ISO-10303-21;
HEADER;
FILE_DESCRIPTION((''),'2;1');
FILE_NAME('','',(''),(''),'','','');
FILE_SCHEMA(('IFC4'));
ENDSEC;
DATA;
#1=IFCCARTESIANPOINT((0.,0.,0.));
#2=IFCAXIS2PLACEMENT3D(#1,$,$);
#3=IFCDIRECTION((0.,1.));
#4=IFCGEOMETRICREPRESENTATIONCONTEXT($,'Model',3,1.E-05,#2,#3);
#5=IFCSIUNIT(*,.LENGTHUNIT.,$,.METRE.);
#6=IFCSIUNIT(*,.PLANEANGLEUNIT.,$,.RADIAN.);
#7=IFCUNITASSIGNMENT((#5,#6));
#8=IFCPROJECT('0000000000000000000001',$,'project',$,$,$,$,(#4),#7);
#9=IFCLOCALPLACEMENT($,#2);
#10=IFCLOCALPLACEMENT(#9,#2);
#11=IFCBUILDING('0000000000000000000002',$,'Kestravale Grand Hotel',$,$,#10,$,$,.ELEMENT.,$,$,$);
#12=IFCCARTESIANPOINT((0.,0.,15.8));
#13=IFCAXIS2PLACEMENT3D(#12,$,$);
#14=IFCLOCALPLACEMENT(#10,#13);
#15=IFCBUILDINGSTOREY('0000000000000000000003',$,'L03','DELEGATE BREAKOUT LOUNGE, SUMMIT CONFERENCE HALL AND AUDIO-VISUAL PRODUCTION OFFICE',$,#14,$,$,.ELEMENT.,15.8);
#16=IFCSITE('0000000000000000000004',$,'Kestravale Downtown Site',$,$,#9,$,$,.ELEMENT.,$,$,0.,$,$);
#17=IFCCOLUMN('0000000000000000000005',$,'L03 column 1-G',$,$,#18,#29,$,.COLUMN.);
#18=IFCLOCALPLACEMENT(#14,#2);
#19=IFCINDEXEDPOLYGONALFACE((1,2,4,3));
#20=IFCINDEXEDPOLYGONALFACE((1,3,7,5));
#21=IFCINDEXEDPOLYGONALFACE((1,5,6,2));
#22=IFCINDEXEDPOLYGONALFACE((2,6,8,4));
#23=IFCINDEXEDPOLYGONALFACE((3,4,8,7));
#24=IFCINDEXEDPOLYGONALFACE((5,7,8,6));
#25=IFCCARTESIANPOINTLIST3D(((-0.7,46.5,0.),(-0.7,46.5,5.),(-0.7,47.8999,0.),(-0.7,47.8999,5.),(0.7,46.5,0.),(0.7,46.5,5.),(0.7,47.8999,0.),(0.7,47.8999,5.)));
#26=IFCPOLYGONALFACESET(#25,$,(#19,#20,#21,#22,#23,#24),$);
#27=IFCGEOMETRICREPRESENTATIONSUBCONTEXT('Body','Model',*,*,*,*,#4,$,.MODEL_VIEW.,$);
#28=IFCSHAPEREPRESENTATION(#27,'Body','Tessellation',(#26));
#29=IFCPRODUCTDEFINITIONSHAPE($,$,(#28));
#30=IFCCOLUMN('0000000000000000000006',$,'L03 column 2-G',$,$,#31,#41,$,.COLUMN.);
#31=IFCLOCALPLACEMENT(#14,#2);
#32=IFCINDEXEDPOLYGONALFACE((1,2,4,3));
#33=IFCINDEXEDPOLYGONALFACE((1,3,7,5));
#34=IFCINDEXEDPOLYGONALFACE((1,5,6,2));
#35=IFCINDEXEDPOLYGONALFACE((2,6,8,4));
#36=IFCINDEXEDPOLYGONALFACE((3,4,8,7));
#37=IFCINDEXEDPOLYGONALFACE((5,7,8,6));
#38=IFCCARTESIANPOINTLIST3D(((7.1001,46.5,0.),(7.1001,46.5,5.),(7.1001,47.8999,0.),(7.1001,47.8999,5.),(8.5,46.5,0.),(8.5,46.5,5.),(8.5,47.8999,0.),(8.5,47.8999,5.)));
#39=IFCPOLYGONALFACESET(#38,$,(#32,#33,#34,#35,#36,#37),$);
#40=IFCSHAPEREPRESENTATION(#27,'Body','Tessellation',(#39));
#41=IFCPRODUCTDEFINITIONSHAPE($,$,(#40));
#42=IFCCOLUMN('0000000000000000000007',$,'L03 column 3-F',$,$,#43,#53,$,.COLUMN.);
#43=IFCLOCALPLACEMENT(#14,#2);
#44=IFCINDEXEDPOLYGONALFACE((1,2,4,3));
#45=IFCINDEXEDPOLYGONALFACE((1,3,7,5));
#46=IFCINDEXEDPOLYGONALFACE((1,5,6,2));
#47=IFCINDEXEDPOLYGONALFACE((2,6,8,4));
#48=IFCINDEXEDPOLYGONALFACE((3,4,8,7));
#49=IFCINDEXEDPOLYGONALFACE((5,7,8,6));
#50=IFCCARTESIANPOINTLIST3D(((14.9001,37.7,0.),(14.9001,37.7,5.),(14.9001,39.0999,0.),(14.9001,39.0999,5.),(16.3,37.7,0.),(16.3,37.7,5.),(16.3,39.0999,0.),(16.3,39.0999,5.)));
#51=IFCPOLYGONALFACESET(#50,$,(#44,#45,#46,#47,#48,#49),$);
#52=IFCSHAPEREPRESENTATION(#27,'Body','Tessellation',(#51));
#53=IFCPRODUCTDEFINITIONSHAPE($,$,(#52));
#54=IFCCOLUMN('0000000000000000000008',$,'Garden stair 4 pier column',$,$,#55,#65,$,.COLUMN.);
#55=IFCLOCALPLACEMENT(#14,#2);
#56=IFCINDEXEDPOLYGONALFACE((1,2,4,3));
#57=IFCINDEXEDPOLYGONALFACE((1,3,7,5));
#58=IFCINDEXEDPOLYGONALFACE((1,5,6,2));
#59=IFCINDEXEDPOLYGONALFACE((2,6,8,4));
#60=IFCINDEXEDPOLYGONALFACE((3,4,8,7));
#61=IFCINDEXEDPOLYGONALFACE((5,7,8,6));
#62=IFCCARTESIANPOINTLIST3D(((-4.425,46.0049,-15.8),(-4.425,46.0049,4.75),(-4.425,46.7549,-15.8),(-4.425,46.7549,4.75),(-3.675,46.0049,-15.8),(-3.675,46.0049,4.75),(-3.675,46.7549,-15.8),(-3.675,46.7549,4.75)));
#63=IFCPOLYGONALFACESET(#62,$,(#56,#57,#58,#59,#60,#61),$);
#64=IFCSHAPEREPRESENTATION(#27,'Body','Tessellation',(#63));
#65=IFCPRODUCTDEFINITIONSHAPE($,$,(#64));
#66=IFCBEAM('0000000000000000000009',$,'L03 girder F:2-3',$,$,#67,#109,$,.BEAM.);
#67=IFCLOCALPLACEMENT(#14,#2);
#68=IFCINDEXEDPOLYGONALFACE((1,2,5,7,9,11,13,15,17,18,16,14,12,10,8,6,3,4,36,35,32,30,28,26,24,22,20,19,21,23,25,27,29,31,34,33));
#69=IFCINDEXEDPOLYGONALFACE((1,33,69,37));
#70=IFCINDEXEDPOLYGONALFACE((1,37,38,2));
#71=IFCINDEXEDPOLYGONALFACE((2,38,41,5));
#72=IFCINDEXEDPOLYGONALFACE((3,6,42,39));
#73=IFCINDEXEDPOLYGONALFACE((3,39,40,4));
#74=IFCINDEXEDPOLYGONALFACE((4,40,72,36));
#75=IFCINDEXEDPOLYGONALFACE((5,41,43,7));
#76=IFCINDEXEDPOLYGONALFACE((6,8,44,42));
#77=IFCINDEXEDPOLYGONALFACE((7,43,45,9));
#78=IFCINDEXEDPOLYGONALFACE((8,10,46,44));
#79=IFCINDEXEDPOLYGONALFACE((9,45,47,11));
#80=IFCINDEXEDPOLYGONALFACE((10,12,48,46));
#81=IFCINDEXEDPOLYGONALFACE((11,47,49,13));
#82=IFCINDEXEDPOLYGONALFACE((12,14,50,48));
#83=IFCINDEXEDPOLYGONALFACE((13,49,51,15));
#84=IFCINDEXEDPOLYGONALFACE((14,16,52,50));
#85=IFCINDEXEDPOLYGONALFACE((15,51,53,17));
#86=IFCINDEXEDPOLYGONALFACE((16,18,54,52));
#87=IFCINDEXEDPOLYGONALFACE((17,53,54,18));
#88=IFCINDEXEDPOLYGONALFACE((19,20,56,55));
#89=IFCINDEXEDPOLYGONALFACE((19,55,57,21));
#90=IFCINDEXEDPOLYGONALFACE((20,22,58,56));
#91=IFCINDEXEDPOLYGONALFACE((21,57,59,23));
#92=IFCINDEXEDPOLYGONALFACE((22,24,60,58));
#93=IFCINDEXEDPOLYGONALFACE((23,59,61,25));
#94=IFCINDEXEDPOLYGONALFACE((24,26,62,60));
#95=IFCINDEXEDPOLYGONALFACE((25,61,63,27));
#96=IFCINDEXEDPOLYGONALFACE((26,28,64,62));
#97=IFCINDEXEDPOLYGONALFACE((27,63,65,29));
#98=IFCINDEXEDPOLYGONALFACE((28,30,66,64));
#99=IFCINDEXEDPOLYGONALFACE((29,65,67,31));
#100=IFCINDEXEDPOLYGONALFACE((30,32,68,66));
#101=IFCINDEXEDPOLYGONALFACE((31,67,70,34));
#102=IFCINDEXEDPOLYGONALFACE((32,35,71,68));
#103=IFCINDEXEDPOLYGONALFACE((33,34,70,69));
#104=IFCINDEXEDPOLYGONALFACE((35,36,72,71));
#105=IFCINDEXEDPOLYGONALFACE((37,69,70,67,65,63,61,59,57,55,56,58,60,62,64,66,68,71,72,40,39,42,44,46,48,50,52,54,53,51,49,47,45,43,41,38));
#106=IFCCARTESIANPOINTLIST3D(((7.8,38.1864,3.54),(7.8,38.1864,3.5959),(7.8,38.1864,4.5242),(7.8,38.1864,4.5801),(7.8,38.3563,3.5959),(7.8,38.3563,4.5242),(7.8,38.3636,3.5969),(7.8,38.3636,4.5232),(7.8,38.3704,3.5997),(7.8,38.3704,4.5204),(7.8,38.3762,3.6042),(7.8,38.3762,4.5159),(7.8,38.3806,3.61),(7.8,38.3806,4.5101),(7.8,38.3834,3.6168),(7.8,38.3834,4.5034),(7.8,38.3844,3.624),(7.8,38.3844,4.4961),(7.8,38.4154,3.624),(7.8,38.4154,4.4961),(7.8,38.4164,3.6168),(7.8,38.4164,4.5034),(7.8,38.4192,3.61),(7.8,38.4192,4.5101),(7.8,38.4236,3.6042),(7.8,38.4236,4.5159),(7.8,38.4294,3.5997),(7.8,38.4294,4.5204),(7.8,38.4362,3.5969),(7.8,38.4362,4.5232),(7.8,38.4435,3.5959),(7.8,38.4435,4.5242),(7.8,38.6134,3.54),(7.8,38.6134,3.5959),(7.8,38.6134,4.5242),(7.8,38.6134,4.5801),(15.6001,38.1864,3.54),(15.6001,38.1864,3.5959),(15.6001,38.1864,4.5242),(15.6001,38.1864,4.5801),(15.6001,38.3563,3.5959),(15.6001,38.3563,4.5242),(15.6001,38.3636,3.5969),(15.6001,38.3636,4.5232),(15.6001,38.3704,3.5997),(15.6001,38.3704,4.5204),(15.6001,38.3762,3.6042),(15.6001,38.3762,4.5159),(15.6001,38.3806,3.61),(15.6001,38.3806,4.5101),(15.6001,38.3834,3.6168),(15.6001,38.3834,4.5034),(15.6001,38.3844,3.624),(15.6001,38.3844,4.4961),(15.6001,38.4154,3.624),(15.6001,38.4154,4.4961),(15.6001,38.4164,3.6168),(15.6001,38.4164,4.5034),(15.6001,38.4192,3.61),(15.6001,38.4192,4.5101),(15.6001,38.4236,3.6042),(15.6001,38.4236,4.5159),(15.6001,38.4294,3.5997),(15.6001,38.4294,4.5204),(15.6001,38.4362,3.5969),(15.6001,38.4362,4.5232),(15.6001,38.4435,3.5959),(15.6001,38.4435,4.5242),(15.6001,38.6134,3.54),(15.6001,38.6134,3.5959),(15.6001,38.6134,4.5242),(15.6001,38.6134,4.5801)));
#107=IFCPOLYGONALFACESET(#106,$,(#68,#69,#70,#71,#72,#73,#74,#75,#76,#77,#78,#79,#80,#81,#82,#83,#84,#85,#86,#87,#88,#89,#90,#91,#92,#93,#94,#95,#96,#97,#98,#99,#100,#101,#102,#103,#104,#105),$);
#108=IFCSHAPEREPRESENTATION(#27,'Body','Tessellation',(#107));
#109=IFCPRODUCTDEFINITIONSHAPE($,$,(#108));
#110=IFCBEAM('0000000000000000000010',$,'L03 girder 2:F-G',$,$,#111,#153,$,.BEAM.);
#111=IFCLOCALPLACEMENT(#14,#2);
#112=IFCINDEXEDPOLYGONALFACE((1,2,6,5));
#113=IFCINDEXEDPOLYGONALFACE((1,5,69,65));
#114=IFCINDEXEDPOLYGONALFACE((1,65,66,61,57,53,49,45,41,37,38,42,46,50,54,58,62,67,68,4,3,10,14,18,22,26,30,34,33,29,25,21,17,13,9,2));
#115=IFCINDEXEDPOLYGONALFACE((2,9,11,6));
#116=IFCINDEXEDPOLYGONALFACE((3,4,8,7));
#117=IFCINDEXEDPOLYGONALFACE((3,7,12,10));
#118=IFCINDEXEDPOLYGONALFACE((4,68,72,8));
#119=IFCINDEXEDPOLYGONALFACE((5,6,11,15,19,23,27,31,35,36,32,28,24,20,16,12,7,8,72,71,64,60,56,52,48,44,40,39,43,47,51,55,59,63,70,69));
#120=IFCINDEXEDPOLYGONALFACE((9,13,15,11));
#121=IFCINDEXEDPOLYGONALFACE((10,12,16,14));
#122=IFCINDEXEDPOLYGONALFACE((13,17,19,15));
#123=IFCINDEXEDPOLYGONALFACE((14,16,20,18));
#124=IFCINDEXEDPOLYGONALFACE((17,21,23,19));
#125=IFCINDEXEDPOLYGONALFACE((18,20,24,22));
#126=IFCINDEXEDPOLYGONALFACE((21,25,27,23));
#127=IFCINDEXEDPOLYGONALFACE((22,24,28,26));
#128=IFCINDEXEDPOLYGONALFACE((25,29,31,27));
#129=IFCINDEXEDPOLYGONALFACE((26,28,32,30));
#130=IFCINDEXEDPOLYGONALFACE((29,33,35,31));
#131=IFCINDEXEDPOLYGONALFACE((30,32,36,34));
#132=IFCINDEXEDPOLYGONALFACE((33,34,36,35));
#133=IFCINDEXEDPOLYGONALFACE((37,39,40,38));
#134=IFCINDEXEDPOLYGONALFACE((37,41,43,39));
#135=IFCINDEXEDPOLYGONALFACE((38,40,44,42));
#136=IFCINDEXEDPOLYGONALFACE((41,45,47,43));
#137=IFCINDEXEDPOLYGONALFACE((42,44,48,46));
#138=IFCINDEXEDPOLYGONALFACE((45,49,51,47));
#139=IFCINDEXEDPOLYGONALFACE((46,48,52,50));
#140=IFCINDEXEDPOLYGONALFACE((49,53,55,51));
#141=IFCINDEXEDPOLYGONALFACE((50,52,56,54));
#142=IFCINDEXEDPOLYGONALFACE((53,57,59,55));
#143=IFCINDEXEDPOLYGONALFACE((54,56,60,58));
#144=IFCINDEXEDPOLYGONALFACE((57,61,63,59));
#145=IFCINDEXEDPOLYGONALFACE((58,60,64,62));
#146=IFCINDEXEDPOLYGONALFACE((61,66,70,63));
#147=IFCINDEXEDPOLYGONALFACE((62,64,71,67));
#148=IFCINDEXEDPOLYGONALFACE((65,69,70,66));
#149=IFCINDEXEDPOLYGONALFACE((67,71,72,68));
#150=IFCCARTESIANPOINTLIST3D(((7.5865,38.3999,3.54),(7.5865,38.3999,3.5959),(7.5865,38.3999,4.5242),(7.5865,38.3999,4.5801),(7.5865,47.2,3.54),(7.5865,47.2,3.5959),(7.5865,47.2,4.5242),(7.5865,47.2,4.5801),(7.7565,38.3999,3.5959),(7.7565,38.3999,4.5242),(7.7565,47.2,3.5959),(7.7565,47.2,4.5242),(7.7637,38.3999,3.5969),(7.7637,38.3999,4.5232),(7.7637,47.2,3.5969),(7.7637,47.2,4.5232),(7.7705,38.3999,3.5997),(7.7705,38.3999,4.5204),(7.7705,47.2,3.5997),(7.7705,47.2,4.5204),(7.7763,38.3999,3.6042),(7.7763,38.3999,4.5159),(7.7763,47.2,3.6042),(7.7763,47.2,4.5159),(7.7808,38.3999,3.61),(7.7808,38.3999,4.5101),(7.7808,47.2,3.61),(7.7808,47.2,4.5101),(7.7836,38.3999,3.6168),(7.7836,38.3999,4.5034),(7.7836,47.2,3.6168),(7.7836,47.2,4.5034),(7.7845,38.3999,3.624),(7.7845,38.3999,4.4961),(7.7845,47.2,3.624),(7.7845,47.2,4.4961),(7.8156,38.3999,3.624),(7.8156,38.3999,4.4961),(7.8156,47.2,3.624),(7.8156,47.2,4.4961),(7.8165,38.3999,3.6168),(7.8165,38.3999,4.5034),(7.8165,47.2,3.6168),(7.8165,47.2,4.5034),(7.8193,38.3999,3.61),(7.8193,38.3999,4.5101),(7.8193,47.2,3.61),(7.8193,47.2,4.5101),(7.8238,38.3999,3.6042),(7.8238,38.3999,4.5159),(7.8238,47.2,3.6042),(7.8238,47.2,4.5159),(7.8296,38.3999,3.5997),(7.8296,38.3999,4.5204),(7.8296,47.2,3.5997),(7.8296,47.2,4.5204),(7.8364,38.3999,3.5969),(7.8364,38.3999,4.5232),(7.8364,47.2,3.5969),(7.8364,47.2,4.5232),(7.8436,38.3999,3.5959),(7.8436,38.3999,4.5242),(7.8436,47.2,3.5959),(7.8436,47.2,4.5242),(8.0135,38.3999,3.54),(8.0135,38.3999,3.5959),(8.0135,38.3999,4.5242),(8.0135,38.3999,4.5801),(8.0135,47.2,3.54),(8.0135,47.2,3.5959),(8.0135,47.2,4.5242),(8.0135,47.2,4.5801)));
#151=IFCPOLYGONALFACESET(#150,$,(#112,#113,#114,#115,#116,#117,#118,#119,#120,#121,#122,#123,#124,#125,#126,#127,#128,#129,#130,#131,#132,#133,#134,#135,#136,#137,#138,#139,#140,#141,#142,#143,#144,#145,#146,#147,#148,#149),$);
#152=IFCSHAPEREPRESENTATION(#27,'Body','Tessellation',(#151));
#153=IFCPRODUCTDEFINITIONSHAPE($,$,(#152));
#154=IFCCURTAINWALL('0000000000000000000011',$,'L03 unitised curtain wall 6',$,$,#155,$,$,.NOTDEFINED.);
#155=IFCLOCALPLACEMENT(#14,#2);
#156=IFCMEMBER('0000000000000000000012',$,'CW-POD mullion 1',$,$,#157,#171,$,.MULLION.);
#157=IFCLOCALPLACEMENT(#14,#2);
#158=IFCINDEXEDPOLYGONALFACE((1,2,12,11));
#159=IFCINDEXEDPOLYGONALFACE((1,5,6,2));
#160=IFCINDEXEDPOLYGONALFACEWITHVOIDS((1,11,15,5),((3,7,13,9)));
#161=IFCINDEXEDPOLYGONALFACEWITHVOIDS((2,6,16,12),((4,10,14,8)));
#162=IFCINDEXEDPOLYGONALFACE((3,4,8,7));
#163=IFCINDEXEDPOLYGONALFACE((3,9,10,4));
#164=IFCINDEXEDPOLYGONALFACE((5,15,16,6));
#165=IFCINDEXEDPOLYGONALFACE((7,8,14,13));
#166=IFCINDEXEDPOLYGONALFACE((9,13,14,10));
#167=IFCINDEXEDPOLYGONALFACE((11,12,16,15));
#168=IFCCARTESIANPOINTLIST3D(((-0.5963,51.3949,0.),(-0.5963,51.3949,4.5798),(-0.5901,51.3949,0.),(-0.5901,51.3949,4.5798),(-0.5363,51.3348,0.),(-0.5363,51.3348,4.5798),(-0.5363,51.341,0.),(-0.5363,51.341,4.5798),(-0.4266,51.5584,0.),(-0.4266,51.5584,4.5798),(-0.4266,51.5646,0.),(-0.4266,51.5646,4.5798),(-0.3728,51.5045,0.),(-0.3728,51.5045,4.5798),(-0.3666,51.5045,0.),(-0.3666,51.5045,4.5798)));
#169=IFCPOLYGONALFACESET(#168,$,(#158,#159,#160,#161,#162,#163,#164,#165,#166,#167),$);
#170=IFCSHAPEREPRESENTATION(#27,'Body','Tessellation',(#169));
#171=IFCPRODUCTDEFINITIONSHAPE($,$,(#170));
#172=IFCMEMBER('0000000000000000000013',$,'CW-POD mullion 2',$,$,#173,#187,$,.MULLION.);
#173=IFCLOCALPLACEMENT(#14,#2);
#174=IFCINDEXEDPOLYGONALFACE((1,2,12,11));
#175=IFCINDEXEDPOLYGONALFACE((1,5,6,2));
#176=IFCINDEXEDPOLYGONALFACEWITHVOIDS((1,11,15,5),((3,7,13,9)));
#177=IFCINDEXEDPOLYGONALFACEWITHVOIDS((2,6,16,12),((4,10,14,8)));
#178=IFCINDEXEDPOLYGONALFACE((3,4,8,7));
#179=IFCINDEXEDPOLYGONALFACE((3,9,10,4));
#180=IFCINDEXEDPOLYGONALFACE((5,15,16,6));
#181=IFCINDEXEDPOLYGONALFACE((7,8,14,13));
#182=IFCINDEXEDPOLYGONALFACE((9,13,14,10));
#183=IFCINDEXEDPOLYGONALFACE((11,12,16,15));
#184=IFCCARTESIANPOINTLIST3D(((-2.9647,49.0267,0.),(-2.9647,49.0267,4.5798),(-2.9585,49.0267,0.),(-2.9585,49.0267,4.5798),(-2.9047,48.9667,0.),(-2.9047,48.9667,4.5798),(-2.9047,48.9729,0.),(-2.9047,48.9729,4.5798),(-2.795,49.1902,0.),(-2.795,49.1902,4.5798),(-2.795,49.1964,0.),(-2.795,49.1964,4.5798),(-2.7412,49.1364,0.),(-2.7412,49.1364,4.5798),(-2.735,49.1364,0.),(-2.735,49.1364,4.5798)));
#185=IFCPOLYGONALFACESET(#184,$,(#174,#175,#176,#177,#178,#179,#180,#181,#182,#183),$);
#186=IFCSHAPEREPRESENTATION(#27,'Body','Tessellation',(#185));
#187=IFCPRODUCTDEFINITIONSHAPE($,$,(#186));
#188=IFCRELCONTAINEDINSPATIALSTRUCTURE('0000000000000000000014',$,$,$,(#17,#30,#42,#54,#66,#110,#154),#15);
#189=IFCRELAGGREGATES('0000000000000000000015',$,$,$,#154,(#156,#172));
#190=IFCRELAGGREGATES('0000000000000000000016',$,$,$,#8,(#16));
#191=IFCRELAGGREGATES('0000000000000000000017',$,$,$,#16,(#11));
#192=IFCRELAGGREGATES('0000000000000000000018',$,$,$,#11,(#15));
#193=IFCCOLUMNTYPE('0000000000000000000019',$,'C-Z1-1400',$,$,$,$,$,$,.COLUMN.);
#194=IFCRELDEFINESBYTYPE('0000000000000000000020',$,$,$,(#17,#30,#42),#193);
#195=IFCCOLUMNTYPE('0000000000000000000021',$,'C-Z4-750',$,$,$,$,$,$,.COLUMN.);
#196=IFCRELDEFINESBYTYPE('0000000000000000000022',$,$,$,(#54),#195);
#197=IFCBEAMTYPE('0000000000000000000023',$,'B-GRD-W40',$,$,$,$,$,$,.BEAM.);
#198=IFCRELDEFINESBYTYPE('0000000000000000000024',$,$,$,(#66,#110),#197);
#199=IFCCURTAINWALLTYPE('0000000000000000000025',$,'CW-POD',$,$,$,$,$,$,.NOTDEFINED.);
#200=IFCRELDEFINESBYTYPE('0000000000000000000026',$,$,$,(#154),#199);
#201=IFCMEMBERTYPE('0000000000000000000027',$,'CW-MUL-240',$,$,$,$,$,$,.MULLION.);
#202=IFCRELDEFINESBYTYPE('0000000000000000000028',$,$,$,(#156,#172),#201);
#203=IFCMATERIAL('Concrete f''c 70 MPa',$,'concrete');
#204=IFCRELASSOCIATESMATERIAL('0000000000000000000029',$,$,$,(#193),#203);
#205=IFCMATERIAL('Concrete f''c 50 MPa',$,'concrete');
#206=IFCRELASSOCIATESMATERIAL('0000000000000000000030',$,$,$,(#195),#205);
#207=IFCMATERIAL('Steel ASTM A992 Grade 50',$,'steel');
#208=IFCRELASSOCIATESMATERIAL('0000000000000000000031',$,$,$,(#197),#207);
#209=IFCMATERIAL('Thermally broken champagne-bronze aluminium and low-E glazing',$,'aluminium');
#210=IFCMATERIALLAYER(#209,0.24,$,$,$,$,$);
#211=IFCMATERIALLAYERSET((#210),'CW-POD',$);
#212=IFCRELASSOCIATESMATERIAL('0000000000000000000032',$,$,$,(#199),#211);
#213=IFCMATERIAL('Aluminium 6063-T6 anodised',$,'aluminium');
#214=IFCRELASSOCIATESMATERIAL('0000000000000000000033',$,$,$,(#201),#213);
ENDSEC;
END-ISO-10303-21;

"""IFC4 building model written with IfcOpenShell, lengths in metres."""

from ifc_helpers import new_model, si_unit, direction, frame, origin, origin_2d, place, context, subcontext, project, spatial, rectangle, hollow_rectangle, i_section, extrude, material, layer, layer_set, material_profile, profile_set, type_object, element, aggregate, save


model = new_model("IFC4")

# Units and contexts
model_context = context("Model", 3, precision=1e-05, world=origin(), true_north=direction((0.0, 1.0)))
body_context = subcontext(model_context, "Body", "Model", "MODEL_VIEW")
ifc_project = project(units=[si_unit("LENGTHUNIT", "METRE"), si_unit("PLANEANGLEUNIT", "RADIAN")], contexts=[model_context])

# Site, building, storey
site_placement = place(None, origin())
site = spatial("IfcSite", under=ifc_project, at=site_placement, Name="Kestravale Downtown Site", CompositionType="ELEMENT", RefElevation=0.0)
building_placement = place(site_placement, origin())
building = spatial("IfcBuilding", under=site, at=building_placement, Name="Kestravale Grand Hotel", CompositionType="ELEMENT")
storey_placement = place(building_placement, frame((0.0, 0.0, 15.8)))
storey = spatial("IfcBuildingStorey", under=building, at=storey_placement, Name="L03", Description="DELEGATE BREAKOUT LOUNGE, SUMMIT CONFERENCE HALL AND AUDIO-VISUAL PRODUCTION OFFICE", CompositionType="ELEMENT", Elevation=15.8)

# Columns
ifc_material_1 = material(Name="Concrete f'c 70 MPa", Category="concrete")
ifc_material_profile_1 = material_profile(ifc_material_1, rectangle(XDim=1.3999, YDim=1.3999, at=origin_2d()))
ifc_profile_set_1 = profile_set([ifc_material_profile_1], Name="Concrete f'c 70 MPa")
column_type_1 = type_object("IfcColumnType", Name="C-Z1-1400", PredefinedType="COLUMN", material=ifc_profile_set_1)
for number, where, z_axis, x_axis, name in (
    (1, (0.0, 47.2, 0.0), (0.0, 0.0, 1.0), (1.0, 0.0, 0.0), "L03 column 1-G"),
    (2, (7.8, 47.2, 0.0), (0.0, 0.0, 1.0), (1.0, 0.0, 0.0), "L03 column 2-G"),
    (3, (15.6001, 38.3999, 0.0), (0.0, 0.0, 1.0), (1.0, 0.0, 0.0), "L03 column 3-F"),
):
    element("IfcColumn", number, at=place(storey_placement, frame(where, z_axis=z_axis, x_axis=x_axis)), inside=storey, type_object=column_type_1, Name=name, PredefinedType="COLUMN", context=body_context, shape_type="SweptSolid", body=[
        extrude(rectangle(XDim=1.3999, YDim=1.3999, at=origin_2d()), origin(), (0.0, 0.0, 1.0), 5.0),
    ])
ifc_material_2 = material(Name="Concrete f'c 50 MPa", Category="concrete")
ifc_material_profile_2 = material_profile(ifc_material_2, rectangle(XDim=0.75, YDim=0.75, at=origin_2d()))
ifc_profile_set_2 = profile_set([ifc_material_profile_2], Name="Concrete f'c 50 MPa")
column_type_2 = type_object("IfcColumnType", Name="C-Z4-750", PredefinedType="COLUMN", material=ifc_profile_set_2)
column_placement = place(storey_placement, frame((-4.05, 46.3799, -15.8), z_axis=(0.0, 0.0, 1.0), x_axis=(1.0, 0.0, 0.0)))
element("IfcColumn", 4, at=column_placement, inside=storey, type_object=column_type_2, Name="Garden stair 4 pier column", PredefinedType="COLUMN", context=body_context, shape_type="SweptSolid", body=[
    extrude(rectangle(XDim=0.75, YDim=0.75, at=origin_2d()), origin(), (0.0, 0.0, 1.0), 20.55),
])

# Beams
ifc_material_3 = material(Name="Steel ASTM A992 Grade 50", Category="steel")
ifc_material_profile_3 = material_profile(ifc_material_3, i_section(OverallWidth=0.427, OverallDepth=1.04, WebThickness=0.031, FlangeThickness=0.0559, FilletRadius=0.0281, at=origin_2d()))
ifc_profile_set_3 = profile_set([ifc_material_profile_3], Name="Steel ASTM A992 Grade 50")
beam_type = type_object("IfcBeamType", Name="B-GRD-W40", PredefinedType="BEAM", material=ifc_profile_set_3)
beam_1_placement = place(storey_placement, frame((7.8, 38.3999, 4.0601), z_axis=(1.0, 0.0, 0.0), x_axis=(0.0, 1.0, 0.0)))
element("IfcBeam", 5, at=beam_1_placement, inside=storey, type_object=beam_type, Name="L03 girder F:2-3", PredefinedType="BEAM", context=body_context, shape_type="SweptSolid", body=[
    extrude(i_section(OverallWidth=0.427, OverallDepth=1.04, WebThickness=0.031, FlangeThickness=0.0559, FilletRadius=0.0281, at=origin_2d()), origin(), (0.0, 0.0, 1.0), 7.8),
])
beam_2_placement = place(storey_placement, frame((7.8, 38.3999, 4.0601), z_axis=(0.0, 1.0, 0.0), x_axis=(-1.0, 0.0, 0.0)))
element("IfcBeam", 6, at=beam_2_placement, inside=storey, type_object=beam_type, Name="L03 girder 2:F-G", PredefinedType="BEAM", context=body_context, shape_type="SweptSolid", body=[
    extrude(i_section(OverallWidth=0.427, OverallDepth=1.04, WebThickness=0.031, FlangeThickness=0.0559, FilletRadius=0.0281, at=origin_2d()), origin(), (0.0, 0.0, 1.0), 8.8),
])

# Curtain wall, members
ifc_material_4 = material(Name="Thermally broken champagne-bronze aluminium and low-E glazing", Category="aluminium")
ifc_layer_1 = layer(ifc_material_4, 0.24)
ifc_layer_set_1 = layer_set([ifc_layer_1], Name="CW-POD")
curtain_wall_type = type_object("IfcCurtainWallType", Name="CW-POD", PredefinedType="NOTDEFINED", material=ifc_layer_set_1)
curtain_wall_placement = place(storey_placement, origin())
curtain_wall = element("IfcCurtainWall", 7, at=curtain_wall_placement, inside=storey, type_object=curtain_wall_type, Name="L03 unitised curtain wall 6", PredefinedType="NOTDEFINED")
ifc_material_5 = material(Name="Aluminium 6063-T6 anodised", Category="aluminium")
ifc_material_profile_4 = material_profile(ifc_material_5, hollow_rectangle(XDim=0.085, YDim=0.24, WallThickness=0.0044, at=origin_2d()))
ifc_profile_set_4 = profile_set([ifc_material_profile_4], Name="Aluminium 6063-T6 anodised")
member_type_1 = type_object("IfcMemberType", Name="CW-MUL-240", PredefinedType="MULLION", material=ifc_profile_set_4)
member_1_placement = place(storey_placement, frame((-0.4814, 51.4497, 0.0), z_axis=(0.0, 0.0, 1.0), x_axis=(0.707107, -0.707107, 0.0)))
member_1 = element("IfcMember", 8, at=member_1_placement, type_object=member_type_1, Name="CW-POD mullion 1", PredefinedType="MULLION", context=body_context, shape_type="SweptSolid", body=[
    extrude(hollow_rectangle(XDim=0.085, YDim=0.24, WallThickness=0.0044, at=origin_2d()), origin(), (0.0, 0.0, 1.0), 4.5798),
])
member_2_placement = place(storey_placement, frame((-2.8499, 49.0815, 0.0), z_axis=(0.0, 0.0, 1.0), x_axis=(0.707107, -0.707107, 0.0)))
member_2 = element("IfcMember", 9, at=member_2_placement, type_object=member_type_1, Name="CW-POD mullion 2", PredefinedType="MULLION", context=body_context, shape_type="SweptSolid", body=[
    extrude(hollow_rectangle(XDim=0.085, YDim=0.24, WallThickness=0.0044, at=origin_2d()), origin(), (0.0, 0.0, 1.0), 4.5798),
])
aggregate(curtain_wall, [member_1, member_2])

save(model, "model.ifc")
